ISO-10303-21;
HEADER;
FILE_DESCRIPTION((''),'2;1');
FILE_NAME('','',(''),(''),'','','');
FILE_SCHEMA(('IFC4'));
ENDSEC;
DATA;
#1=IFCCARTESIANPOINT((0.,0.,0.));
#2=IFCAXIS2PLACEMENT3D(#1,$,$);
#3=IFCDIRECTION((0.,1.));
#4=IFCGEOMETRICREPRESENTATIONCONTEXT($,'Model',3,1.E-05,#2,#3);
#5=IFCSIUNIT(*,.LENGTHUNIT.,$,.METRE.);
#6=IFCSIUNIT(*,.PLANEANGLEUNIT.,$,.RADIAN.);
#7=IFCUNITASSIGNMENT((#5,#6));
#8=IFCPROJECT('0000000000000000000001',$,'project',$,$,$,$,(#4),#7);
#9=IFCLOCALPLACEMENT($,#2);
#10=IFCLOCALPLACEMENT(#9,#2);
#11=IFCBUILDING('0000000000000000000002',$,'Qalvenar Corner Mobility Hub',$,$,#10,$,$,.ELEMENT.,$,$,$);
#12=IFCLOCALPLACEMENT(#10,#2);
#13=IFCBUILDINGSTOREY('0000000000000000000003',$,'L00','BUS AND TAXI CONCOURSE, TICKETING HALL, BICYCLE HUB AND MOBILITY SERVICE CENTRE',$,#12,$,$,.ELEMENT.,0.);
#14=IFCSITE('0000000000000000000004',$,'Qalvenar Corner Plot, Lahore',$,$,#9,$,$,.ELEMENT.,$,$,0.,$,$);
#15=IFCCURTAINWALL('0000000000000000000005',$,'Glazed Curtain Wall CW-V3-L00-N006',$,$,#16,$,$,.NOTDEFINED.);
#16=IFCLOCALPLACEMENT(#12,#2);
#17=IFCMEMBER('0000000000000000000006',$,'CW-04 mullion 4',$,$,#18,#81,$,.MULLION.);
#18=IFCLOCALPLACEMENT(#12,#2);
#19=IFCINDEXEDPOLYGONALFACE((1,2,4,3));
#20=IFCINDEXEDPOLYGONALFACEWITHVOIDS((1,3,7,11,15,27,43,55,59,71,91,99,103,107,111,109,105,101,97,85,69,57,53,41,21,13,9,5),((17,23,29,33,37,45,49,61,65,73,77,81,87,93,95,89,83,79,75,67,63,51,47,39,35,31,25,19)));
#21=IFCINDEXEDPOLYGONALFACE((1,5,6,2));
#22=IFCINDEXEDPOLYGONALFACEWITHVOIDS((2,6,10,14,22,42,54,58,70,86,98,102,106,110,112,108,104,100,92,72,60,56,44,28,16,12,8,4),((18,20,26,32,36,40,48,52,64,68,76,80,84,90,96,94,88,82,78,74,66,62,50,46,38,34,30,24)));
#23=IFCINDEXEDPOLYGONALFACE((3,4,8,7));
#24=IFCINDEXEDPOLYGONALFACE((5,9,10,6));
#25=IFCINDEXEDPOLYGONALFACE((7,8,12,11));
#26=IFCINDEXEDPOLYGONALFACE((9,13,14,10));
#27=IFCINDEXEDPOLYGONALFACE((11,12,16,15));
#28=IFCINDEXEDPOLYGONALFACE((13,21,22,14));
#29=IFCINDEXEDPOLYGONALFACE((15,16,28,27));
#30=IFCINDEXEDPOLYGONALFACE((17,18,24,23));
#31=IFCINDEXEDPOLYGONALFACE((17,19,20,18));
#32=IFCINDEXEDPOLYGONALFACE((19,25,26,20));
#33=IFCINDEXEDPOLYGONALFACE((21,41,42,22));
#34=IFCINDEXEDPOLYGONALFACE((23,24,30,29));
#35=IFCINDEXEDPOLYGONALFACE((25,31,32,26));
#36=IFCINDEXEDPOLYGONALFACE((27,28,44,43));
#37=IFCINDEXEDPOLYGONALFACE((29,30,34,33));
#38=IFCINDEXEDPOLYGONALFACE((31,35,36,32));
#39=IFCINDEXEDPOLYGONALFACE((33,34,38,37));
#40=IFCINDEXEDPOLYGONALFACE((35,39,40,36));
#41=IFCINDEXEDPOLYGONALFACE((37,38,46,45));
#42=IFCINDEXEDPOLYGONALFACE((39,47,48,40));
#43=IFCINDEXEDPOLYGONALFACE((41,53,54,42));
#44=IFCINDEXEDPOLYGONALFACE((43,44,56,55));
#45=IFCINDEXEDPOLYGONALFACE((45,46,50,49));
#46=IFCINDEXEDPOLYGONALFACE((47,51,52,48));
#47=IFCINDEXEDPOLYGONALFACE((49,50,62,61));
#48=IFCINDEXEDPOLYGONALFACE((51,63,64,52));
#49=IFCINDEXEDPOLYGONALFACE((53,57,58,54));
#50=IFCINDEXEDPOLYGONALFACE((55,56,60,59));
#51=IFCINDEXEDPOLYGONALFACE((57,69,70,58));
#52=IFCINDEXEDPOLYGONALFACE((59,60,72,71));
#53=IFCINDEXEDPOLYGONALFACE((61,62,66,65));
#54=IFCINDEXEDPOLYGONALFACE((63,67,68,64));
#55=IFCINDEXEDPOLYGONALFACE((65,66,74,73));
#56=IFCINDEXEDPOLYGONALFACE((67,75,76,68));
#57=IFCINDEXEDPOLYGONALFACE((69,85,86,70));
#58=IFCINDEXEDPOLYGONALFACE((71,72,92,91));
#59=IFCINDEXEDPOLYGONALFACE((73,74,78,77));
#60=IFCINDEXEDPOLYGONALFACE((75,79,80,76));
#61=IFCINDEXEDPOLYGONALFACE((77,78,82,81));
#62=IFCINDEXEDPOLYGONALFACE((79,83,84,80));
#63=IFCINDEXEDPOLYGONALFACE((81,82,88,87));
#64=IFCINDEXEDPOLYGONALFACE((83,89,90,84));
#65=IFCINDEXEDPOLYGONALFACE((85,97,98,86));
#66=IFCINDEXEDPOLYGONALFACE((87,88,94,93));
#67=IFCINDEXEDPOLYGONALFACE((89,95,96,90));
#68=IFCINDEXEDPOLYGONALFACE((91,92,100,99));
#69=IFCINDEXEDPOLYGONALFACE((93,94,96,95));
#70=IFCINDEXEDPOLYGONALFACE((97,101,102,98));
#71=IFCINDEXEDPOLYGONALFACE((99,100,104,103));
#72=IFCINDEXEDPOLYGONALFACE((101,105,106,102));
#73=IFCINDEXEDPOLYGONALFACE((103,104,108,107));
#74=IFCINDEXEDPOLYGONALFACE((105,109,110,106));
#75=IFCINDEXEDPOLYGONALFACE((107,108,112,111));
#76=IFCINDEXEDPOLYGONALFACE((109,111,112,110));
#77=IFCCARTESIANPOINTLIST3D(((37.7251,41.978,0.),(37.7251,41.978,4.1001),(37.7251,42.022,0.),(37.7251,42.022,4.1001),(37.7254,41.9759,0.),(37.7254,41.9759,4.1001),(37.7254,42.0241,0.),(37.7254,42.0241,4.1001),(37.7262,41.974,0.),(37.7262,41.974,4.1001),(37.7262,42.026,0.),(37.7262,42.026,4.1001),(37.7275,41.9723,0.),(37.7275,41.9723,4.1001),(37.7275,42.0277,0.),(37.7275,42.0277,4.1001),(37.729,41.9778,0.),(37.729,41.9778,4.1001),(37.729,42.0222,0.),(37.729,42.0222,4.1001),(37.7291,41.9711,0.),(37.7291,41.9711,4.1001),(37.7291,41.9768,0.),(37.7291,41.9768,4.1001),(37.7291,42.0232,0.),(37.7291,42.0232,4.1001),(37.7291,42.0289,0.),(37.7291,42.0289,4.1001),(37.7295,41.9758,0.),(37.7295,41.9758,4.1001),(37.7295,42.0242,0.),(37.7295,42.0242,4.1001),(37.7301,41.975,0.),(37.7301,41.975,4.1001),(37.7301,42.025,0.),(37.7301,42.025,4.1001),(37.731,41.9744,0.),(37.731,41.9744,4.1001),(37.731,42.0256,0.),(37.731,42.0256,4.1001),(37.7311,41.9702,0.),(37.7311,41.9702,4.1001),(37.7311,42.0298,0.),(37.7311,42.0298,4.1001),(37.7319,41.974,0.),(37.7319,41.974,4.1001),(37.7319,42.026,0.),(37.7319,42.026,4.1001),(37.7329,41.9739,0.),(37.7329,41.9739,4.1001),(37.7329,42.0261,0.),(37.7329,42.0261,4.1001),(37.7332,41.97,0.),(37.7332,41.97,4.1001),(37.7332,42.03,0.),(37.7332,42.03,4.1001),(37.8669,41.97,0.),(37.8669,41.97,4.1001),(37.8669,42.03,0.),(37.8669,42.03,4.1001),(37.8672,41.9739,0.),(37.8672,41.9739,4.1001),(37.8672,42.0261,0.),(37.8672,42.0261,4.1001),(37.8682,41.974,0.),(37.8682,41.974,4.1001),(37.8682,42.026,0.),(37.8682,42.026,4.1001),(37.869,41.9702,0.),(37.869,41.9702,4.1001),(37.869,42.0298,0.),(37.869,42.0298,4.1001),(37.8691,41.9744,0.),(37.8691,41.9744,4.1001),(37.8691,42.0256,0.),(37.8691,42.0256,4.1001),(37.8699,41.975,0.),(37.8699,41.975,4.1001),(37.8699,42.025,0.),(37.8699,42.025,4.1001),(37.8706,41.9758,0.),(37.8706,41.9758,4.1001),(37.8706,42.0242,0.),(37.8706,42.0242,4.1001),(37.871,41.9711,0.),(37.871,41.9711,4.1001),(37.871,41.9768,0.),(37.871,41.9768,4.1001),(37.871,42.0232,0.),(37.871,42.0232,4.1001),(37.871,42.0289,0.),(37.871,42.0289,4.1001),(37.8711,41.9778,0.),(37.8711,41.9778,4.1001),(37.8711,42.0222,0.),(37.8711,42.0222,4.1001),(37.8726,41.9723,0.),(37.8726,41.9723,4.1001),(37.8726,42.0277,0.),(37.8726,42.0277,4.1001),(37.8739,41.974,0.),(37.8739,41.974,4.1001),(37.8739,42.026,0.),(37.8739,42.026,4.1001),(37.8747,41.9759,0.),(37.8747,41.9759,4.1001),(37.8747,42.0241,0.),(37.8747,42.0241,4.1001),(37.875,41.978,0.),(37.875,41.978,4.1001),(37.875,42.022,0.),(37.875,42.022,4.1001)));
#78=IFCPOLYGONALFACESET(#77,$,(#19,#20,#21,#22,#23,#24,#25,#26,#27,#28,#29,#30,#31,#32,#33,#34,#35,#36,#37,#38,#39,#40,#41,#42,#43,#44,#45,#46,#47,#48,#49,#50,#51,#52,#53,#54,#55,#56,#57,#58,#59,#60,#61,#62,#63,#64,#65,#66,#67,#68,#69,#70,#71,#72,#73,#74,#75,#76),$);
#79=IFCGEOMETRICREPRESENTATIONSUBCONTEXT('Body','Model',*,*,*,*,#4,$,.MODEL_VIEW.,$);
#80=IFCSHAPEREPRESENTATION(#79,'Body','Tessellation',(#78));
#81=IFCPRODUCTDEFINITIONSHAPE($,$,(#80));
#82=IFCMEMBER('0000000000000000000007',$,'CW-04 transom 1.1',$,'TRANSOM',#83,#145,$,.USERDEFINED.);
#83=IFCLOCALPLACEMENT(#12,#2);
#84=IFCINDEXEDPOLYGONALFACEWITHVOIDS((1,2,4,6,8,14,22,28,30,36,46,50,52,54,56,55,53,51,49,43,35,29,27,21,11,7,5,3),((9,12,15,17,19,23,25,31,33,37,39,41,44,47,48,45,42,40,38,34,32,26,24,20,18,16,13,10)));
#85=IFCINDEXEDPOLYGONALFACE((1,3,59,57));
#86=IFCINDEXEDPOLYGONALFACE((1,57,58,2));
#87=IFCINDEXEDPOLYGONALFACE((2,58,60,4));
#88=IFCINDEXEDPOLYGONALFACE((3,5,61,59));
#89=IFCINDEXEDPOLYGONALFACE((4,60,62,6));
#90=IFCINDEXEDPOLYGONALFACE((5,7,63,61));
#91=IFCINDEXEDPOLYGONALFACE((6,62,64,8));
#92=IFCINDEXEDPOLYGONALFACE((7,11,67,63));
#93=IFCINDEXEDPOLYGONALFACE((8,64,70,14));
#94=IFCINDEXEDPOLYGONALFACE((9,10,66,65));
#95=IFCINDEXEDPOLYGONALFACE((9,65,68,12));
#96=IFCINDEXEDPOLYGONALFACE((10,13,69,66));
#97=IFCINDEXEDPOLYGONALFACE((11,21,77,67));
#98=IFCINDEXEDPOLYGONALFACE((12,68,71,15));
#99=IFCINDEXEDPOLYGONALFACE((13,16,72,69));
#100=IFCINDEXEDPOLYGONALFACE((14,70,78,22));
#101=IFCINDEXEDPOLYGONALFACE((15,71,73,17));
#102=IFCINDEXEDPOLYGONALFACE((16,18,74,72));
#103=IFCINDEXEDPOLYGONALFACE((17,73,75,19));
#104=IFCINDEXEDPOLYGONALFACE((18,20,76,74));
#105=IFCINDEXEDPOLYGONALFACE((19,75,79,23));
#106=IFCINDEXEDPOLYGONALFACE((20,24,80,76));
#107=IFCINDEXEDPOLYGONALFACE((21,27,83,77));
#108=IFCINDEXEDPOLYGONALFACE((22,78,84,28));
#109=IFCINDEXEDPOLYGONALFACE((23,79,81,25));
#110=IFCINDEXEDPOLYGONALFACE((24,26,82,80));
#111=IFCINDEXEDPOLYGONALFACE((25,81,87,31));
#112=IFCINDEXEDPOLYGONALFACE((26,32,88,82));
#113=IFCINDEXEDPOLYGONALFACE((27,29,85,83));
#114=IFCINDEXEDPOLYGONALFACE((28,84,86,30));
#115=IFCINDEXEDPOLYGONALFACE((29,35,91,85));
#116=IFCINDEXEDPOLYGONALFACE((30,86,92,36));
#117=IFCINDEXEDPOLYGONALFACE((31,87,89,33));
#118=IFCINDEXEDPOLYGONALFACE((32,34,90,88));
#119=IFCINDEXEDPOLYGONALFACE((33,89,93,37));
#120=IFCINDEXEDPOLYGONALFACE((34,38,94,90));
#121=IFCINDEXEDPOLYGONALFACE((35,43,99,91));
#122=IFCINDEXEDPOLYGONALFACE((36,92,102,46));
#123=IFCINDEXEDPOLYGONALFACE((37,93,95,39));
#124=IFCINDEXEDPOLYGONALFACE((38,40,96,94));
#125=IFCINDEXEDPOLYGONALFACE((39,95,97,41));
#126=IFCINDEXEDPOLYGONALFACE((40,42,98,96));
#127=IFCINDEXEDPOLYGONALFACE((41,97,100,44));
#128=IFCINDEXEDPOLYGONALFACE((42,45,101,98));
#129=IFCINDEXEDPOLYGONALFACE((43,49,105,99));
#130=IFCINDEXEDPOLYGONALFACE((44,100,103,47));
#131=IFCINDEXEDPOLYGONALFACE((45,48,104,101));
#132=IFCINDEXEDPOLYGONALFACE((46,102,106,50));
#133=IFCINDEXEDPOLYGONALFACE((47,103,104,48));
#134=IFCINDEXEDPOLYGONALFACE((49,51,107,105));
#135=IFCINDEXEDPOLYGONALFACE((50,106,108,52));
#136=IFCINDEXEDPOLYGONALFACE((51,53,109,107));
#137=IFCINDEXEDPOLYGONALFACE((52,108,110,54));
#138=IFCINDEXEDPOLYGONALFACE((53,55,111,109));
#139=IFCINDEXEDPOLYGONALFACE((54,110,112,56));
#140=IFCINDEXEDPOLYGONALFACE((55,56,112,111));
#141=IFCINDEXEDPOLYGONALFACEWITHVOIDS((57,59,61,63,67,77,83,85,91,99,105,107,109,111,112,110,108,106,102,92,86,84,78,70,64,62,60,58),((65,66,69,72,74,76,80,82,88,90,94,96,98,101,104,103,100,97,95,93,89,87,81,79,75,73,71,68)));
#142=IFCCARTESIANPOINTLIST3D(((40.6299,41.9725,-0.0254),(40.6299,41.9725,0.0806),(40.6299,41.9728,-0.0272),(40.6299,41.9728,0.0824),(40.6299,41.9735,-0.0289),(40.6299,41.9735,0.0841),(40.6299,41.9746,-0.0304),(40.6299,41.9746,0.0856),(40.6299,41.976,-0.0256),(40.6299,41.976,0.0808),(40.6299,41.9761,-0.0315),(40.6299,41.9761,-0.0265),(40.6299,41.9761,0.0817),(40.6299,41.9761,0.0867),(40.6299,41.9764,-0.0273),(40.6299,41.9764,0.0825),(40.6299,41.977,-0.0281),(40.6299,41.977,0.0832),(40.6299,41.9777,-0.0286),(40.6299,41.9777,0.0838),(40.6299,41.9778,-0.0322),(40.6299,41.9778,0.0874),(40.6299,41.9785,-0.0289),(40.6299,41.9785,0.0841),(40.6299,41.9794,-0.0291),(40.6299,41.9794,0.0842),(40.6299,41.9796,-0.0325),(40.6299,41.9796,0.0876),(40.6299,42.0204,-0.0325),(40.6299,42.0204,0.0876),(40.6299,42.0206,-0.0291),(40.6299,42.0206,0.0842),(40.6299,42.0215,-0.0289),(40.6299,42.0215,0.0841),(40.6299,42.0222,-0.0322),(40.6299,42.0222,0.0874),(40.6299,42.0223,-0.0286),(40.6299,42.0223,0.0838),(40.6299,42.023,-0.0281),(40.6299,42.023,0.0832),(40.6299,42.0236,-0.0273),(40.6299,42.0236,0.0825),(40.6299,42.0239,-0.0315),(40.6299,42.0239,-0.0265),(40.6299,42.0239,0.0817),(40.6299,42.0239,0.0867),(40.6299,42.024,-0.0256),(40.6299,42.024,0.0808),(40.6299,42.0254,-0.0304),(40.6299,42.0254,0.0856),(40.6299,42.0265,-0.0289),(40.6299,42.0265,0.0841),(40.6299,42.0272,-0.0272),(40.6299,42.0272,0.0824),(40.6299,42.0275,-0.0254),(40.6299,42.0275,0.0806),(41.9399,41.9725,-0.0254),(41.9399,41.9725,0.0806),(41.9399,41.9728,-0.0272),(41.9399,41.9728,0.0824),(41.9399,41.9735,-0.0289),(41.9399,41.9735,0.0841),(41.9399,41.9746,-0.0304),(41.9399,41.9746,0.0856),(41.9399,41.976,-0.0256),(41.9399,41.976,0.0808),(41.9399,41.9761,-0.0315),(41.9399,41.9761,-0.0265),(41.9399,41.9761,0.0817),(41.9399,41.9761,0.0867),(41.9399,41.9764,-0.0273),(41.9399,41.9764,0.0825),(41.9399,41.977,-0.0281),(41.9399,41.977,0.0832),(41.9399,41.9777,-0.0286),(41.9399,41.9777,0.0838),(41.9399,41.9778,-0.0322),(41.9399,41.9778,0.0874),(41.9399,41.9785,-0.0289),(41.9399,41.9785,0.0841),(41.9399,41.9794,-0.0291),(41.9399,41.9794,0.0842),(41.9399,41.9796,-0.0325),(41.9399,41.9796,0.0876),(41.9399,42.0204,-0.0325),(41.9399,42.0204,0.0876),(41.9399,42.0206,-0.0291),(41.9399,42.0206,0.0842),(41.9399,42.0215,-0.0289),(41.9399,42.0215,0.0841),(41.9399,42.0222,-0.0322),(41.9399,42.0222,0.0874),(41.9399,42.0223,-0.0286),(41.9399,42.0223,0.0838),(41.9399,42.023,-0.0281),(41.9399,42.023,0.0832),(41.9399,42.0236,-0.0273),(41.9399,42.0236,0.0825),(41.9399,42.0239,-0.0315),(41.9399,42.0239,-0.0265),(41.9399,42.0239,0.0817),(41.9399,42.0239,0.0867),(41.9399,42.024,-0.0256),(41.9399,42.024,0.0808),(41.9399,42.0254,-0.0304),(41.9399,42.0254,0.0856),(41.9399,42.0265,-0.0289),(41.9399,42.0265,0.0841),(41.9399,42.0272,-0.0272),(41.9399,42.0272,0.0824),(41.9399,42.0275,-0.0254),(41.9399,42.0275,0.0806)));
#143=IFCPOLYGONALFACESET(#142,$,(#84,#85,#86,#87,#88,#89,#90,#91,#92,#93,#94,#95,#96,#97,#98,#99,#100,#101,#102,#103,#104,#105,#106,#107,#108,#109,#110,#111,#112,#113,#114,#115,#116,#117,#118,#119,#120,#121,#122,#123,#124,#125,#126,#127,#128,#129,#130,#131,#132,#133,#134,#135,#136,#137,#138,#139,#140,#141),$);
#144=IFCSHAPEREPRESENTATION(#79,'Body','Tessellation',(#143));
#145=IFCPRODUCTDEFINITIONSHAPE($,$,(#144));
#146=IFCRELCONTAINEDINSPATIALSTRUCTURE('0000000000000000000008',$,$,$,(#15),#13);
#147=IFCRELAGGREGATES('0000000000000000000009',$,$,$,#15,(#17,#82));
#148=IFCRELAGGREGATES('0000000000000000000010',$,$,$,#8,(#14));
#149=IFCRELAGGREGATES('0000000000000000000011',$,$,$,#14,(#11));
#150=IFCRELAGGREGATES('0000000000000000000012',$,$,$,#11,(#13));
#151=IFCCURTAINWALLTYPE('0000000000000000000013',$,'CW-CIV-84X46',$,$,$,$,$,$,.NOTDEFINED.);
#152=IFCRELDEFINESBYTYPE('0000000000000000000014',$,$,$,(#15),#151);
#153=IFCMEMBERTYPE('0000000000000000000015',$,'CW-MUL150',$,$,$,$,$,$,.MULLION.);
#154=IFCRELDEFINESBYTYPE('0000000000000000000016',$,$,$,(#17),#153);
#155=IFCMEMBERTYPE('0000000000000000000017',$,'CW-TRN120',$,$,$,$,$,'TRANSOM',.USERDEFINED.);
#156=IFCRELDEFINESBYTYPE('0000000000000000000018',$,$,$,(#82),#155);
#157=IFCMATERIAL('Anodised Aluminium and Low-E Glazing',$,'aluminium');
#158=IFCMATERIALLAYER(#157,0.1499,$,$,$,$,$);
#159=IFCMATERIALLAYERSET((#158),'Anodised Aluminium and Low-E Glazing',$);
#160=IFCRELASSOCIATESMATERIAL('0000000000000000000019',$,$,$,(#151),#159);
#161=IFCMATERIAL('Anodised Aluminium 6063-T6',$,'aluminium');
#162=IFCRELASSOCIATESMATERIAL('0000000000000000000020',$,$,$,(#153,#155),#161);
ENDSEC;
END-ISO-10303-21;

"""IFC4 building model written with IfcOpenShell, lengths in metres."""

from ifc_helpers import new_model, si_unit, direction, frame, origin, origin_2d, place, context, subcontext, project, spatial, hollow_rectangle, extrude, material, layer, layer_set, material_profile, profile_set, type_object, element, aggregate, save


model = new_model("IFC4")

# Units and contexts
model_context = context("Model", 3, precision=1e-05, world=origin(), true_north=direction((0.0, 1.0)))
body_context = subcontext(model_context, "Body", "Model", "MODEL_VIEW")
ifc_project = project(units=[si_unit("LENGTHUNIT", "METRE"), si_unit("PLANEANGLEUNIT", "RADIAN")], contexts=[model_context])

# Site, building, storey
site_placement = place(None, origin())
site = spatial("IfcSite", under=ifc_project, at=site_placement, Name="Qalvenar Corner Plot, Lahore", CompositionType="ELEMENT", RefElevation=0.0)
building_placement = place(site_placement, origin())
building = spatial("IfcBuilding", under=site, at=building_placement, Name="Qalvenar Corner Mobility Hub", CompositionType="ELEMENT")
storey_placement = place(building_placement, origin())
storey = spatial("IfcBuildingStorey", under=building, at=storey_placement, Name="L00", Description="BUS AND TAXI CONCOURSE, TICKETING HALL, BICYCLE HUB AND MOBILITY SERVICE CENTRE", CompositionType="ELEMENT", Elevation=0.0)

# Curtain wall, members
ifc_material_1 = material(Name="Anodised Aluminium and Low-E Glazing", Category="aluminium")
ifc_layer_1 = layer(ifc_material_1, 0.1499)
ifc_layer_set_1 = layer_set([ifc_layer_1], Name="Anodised Aluminium and Low-E Glazing")
curtain_wall_type = type_object("IfcCurtainWallType", Name="CW-CIV-84X46", PredefinedType="NOTDEFINED", material=ifc_layer_set_1)
curtain_wall_placement = place(storey_placement, origin())
curtain_wall = element("IfcCurtainWall", 1, at=curtain_wall_placement, inside=storey, type_object=curtain_wall_type, Name="Glazed Curtain Wall CW-V3-L00-N006", PredefinedType="NOTDEFINED")
ifc_material_2 = material(Name="Anodised Aluminium 6063-T6", Category="aluminium")
ifc_material_profile_1 = material_profile(ifc_material_2, hollow_rectangle(XDim=0.0601, YDim=0.1499, WallThickness=0.0039, InnerFilletRadius=0.0039, OuterFilletRadius=0.0081, at=origin_2d()), Name="RHS150x60x4")
ifc_profile_set_1 = profile_set([ifc_material_profile_1], Name="Anodised Aluminium 6063-T6")
member_type_1 = type_object("IfcMemberType", Name="CW-MUL150", PredefinedType="MULLION", material=ifc_profile_set_1)
member_1_placement = place(storey_placement, frame((37.8, 42.0, 0.0), z_axis=(0.0, 0.0, 1.0), x_axis=(0.0, -1.0, 0.0)))
member_1 = element("IfcMember", 2, at=member_1_placement, type_object=member_type_1, Name="CW-04 mullion 4", PredefinedType="MULLION", context=body_context, shape_type="SweptSolid", body=[
    extrude(hollow_rectangle(XDim=0.0601, YDim=0.1499, WallThickness=0.0039, InnerFilletRadius=0.0039, OuterFilletRadius=0.0081, at=origin_2d()), origin(), (0.0, 0.0, 1.0), 4.1001),
])
ifc_material_profile_2 = material_profile(ifc_material_2, hollow_rectangle(XDim=0.0549, YDim=0.1201, WallThickness=0.0034, InnerFilletRadius=0.0034, OuterFilletRadius=0.0071, at=origin_2d()), Name="RHS120x55x3.5")
ifc_profile_set_2 = profile_set([ifc_material_profile_2], Name="Anodised Aluminium 6063-T6")
member_type_2 = type_object("IfcMemberType", Name="CW-TRN120", ElementType="TRANSOM", PredefinedType="USERDEFINED", material=ifc_profile_set_2)
member_2_placement = place(storey_placement, frame((41.9399, 42.0, 0.0276), z_axis=(-1.0, 0.0, 0.0), x_axis=(0.0, -1.0, 0.0)))
member_2 = element("IfcMember", 3, at=member_2_placement, type_object=member_type_2, Name="CW-04 transom 1.1", ObjectType="TRANSOM", PredefinedType="USERDEFINED", context=body_context, shape_type="SweptSolid", body=[
    extrude(hollow_rectangle(XDim=0.0549, YDim=0.1201, WallThickness=0.0034, InnerFilletRadius=0.0034, OuterFilletRadius=0.0071, at=origin_2d()), origin(), (0.0, 0.0, 1.0), 1.3101),
])
aggregate(curtain_wall, [member_1, member_2])

save(model, "model.ifc")
